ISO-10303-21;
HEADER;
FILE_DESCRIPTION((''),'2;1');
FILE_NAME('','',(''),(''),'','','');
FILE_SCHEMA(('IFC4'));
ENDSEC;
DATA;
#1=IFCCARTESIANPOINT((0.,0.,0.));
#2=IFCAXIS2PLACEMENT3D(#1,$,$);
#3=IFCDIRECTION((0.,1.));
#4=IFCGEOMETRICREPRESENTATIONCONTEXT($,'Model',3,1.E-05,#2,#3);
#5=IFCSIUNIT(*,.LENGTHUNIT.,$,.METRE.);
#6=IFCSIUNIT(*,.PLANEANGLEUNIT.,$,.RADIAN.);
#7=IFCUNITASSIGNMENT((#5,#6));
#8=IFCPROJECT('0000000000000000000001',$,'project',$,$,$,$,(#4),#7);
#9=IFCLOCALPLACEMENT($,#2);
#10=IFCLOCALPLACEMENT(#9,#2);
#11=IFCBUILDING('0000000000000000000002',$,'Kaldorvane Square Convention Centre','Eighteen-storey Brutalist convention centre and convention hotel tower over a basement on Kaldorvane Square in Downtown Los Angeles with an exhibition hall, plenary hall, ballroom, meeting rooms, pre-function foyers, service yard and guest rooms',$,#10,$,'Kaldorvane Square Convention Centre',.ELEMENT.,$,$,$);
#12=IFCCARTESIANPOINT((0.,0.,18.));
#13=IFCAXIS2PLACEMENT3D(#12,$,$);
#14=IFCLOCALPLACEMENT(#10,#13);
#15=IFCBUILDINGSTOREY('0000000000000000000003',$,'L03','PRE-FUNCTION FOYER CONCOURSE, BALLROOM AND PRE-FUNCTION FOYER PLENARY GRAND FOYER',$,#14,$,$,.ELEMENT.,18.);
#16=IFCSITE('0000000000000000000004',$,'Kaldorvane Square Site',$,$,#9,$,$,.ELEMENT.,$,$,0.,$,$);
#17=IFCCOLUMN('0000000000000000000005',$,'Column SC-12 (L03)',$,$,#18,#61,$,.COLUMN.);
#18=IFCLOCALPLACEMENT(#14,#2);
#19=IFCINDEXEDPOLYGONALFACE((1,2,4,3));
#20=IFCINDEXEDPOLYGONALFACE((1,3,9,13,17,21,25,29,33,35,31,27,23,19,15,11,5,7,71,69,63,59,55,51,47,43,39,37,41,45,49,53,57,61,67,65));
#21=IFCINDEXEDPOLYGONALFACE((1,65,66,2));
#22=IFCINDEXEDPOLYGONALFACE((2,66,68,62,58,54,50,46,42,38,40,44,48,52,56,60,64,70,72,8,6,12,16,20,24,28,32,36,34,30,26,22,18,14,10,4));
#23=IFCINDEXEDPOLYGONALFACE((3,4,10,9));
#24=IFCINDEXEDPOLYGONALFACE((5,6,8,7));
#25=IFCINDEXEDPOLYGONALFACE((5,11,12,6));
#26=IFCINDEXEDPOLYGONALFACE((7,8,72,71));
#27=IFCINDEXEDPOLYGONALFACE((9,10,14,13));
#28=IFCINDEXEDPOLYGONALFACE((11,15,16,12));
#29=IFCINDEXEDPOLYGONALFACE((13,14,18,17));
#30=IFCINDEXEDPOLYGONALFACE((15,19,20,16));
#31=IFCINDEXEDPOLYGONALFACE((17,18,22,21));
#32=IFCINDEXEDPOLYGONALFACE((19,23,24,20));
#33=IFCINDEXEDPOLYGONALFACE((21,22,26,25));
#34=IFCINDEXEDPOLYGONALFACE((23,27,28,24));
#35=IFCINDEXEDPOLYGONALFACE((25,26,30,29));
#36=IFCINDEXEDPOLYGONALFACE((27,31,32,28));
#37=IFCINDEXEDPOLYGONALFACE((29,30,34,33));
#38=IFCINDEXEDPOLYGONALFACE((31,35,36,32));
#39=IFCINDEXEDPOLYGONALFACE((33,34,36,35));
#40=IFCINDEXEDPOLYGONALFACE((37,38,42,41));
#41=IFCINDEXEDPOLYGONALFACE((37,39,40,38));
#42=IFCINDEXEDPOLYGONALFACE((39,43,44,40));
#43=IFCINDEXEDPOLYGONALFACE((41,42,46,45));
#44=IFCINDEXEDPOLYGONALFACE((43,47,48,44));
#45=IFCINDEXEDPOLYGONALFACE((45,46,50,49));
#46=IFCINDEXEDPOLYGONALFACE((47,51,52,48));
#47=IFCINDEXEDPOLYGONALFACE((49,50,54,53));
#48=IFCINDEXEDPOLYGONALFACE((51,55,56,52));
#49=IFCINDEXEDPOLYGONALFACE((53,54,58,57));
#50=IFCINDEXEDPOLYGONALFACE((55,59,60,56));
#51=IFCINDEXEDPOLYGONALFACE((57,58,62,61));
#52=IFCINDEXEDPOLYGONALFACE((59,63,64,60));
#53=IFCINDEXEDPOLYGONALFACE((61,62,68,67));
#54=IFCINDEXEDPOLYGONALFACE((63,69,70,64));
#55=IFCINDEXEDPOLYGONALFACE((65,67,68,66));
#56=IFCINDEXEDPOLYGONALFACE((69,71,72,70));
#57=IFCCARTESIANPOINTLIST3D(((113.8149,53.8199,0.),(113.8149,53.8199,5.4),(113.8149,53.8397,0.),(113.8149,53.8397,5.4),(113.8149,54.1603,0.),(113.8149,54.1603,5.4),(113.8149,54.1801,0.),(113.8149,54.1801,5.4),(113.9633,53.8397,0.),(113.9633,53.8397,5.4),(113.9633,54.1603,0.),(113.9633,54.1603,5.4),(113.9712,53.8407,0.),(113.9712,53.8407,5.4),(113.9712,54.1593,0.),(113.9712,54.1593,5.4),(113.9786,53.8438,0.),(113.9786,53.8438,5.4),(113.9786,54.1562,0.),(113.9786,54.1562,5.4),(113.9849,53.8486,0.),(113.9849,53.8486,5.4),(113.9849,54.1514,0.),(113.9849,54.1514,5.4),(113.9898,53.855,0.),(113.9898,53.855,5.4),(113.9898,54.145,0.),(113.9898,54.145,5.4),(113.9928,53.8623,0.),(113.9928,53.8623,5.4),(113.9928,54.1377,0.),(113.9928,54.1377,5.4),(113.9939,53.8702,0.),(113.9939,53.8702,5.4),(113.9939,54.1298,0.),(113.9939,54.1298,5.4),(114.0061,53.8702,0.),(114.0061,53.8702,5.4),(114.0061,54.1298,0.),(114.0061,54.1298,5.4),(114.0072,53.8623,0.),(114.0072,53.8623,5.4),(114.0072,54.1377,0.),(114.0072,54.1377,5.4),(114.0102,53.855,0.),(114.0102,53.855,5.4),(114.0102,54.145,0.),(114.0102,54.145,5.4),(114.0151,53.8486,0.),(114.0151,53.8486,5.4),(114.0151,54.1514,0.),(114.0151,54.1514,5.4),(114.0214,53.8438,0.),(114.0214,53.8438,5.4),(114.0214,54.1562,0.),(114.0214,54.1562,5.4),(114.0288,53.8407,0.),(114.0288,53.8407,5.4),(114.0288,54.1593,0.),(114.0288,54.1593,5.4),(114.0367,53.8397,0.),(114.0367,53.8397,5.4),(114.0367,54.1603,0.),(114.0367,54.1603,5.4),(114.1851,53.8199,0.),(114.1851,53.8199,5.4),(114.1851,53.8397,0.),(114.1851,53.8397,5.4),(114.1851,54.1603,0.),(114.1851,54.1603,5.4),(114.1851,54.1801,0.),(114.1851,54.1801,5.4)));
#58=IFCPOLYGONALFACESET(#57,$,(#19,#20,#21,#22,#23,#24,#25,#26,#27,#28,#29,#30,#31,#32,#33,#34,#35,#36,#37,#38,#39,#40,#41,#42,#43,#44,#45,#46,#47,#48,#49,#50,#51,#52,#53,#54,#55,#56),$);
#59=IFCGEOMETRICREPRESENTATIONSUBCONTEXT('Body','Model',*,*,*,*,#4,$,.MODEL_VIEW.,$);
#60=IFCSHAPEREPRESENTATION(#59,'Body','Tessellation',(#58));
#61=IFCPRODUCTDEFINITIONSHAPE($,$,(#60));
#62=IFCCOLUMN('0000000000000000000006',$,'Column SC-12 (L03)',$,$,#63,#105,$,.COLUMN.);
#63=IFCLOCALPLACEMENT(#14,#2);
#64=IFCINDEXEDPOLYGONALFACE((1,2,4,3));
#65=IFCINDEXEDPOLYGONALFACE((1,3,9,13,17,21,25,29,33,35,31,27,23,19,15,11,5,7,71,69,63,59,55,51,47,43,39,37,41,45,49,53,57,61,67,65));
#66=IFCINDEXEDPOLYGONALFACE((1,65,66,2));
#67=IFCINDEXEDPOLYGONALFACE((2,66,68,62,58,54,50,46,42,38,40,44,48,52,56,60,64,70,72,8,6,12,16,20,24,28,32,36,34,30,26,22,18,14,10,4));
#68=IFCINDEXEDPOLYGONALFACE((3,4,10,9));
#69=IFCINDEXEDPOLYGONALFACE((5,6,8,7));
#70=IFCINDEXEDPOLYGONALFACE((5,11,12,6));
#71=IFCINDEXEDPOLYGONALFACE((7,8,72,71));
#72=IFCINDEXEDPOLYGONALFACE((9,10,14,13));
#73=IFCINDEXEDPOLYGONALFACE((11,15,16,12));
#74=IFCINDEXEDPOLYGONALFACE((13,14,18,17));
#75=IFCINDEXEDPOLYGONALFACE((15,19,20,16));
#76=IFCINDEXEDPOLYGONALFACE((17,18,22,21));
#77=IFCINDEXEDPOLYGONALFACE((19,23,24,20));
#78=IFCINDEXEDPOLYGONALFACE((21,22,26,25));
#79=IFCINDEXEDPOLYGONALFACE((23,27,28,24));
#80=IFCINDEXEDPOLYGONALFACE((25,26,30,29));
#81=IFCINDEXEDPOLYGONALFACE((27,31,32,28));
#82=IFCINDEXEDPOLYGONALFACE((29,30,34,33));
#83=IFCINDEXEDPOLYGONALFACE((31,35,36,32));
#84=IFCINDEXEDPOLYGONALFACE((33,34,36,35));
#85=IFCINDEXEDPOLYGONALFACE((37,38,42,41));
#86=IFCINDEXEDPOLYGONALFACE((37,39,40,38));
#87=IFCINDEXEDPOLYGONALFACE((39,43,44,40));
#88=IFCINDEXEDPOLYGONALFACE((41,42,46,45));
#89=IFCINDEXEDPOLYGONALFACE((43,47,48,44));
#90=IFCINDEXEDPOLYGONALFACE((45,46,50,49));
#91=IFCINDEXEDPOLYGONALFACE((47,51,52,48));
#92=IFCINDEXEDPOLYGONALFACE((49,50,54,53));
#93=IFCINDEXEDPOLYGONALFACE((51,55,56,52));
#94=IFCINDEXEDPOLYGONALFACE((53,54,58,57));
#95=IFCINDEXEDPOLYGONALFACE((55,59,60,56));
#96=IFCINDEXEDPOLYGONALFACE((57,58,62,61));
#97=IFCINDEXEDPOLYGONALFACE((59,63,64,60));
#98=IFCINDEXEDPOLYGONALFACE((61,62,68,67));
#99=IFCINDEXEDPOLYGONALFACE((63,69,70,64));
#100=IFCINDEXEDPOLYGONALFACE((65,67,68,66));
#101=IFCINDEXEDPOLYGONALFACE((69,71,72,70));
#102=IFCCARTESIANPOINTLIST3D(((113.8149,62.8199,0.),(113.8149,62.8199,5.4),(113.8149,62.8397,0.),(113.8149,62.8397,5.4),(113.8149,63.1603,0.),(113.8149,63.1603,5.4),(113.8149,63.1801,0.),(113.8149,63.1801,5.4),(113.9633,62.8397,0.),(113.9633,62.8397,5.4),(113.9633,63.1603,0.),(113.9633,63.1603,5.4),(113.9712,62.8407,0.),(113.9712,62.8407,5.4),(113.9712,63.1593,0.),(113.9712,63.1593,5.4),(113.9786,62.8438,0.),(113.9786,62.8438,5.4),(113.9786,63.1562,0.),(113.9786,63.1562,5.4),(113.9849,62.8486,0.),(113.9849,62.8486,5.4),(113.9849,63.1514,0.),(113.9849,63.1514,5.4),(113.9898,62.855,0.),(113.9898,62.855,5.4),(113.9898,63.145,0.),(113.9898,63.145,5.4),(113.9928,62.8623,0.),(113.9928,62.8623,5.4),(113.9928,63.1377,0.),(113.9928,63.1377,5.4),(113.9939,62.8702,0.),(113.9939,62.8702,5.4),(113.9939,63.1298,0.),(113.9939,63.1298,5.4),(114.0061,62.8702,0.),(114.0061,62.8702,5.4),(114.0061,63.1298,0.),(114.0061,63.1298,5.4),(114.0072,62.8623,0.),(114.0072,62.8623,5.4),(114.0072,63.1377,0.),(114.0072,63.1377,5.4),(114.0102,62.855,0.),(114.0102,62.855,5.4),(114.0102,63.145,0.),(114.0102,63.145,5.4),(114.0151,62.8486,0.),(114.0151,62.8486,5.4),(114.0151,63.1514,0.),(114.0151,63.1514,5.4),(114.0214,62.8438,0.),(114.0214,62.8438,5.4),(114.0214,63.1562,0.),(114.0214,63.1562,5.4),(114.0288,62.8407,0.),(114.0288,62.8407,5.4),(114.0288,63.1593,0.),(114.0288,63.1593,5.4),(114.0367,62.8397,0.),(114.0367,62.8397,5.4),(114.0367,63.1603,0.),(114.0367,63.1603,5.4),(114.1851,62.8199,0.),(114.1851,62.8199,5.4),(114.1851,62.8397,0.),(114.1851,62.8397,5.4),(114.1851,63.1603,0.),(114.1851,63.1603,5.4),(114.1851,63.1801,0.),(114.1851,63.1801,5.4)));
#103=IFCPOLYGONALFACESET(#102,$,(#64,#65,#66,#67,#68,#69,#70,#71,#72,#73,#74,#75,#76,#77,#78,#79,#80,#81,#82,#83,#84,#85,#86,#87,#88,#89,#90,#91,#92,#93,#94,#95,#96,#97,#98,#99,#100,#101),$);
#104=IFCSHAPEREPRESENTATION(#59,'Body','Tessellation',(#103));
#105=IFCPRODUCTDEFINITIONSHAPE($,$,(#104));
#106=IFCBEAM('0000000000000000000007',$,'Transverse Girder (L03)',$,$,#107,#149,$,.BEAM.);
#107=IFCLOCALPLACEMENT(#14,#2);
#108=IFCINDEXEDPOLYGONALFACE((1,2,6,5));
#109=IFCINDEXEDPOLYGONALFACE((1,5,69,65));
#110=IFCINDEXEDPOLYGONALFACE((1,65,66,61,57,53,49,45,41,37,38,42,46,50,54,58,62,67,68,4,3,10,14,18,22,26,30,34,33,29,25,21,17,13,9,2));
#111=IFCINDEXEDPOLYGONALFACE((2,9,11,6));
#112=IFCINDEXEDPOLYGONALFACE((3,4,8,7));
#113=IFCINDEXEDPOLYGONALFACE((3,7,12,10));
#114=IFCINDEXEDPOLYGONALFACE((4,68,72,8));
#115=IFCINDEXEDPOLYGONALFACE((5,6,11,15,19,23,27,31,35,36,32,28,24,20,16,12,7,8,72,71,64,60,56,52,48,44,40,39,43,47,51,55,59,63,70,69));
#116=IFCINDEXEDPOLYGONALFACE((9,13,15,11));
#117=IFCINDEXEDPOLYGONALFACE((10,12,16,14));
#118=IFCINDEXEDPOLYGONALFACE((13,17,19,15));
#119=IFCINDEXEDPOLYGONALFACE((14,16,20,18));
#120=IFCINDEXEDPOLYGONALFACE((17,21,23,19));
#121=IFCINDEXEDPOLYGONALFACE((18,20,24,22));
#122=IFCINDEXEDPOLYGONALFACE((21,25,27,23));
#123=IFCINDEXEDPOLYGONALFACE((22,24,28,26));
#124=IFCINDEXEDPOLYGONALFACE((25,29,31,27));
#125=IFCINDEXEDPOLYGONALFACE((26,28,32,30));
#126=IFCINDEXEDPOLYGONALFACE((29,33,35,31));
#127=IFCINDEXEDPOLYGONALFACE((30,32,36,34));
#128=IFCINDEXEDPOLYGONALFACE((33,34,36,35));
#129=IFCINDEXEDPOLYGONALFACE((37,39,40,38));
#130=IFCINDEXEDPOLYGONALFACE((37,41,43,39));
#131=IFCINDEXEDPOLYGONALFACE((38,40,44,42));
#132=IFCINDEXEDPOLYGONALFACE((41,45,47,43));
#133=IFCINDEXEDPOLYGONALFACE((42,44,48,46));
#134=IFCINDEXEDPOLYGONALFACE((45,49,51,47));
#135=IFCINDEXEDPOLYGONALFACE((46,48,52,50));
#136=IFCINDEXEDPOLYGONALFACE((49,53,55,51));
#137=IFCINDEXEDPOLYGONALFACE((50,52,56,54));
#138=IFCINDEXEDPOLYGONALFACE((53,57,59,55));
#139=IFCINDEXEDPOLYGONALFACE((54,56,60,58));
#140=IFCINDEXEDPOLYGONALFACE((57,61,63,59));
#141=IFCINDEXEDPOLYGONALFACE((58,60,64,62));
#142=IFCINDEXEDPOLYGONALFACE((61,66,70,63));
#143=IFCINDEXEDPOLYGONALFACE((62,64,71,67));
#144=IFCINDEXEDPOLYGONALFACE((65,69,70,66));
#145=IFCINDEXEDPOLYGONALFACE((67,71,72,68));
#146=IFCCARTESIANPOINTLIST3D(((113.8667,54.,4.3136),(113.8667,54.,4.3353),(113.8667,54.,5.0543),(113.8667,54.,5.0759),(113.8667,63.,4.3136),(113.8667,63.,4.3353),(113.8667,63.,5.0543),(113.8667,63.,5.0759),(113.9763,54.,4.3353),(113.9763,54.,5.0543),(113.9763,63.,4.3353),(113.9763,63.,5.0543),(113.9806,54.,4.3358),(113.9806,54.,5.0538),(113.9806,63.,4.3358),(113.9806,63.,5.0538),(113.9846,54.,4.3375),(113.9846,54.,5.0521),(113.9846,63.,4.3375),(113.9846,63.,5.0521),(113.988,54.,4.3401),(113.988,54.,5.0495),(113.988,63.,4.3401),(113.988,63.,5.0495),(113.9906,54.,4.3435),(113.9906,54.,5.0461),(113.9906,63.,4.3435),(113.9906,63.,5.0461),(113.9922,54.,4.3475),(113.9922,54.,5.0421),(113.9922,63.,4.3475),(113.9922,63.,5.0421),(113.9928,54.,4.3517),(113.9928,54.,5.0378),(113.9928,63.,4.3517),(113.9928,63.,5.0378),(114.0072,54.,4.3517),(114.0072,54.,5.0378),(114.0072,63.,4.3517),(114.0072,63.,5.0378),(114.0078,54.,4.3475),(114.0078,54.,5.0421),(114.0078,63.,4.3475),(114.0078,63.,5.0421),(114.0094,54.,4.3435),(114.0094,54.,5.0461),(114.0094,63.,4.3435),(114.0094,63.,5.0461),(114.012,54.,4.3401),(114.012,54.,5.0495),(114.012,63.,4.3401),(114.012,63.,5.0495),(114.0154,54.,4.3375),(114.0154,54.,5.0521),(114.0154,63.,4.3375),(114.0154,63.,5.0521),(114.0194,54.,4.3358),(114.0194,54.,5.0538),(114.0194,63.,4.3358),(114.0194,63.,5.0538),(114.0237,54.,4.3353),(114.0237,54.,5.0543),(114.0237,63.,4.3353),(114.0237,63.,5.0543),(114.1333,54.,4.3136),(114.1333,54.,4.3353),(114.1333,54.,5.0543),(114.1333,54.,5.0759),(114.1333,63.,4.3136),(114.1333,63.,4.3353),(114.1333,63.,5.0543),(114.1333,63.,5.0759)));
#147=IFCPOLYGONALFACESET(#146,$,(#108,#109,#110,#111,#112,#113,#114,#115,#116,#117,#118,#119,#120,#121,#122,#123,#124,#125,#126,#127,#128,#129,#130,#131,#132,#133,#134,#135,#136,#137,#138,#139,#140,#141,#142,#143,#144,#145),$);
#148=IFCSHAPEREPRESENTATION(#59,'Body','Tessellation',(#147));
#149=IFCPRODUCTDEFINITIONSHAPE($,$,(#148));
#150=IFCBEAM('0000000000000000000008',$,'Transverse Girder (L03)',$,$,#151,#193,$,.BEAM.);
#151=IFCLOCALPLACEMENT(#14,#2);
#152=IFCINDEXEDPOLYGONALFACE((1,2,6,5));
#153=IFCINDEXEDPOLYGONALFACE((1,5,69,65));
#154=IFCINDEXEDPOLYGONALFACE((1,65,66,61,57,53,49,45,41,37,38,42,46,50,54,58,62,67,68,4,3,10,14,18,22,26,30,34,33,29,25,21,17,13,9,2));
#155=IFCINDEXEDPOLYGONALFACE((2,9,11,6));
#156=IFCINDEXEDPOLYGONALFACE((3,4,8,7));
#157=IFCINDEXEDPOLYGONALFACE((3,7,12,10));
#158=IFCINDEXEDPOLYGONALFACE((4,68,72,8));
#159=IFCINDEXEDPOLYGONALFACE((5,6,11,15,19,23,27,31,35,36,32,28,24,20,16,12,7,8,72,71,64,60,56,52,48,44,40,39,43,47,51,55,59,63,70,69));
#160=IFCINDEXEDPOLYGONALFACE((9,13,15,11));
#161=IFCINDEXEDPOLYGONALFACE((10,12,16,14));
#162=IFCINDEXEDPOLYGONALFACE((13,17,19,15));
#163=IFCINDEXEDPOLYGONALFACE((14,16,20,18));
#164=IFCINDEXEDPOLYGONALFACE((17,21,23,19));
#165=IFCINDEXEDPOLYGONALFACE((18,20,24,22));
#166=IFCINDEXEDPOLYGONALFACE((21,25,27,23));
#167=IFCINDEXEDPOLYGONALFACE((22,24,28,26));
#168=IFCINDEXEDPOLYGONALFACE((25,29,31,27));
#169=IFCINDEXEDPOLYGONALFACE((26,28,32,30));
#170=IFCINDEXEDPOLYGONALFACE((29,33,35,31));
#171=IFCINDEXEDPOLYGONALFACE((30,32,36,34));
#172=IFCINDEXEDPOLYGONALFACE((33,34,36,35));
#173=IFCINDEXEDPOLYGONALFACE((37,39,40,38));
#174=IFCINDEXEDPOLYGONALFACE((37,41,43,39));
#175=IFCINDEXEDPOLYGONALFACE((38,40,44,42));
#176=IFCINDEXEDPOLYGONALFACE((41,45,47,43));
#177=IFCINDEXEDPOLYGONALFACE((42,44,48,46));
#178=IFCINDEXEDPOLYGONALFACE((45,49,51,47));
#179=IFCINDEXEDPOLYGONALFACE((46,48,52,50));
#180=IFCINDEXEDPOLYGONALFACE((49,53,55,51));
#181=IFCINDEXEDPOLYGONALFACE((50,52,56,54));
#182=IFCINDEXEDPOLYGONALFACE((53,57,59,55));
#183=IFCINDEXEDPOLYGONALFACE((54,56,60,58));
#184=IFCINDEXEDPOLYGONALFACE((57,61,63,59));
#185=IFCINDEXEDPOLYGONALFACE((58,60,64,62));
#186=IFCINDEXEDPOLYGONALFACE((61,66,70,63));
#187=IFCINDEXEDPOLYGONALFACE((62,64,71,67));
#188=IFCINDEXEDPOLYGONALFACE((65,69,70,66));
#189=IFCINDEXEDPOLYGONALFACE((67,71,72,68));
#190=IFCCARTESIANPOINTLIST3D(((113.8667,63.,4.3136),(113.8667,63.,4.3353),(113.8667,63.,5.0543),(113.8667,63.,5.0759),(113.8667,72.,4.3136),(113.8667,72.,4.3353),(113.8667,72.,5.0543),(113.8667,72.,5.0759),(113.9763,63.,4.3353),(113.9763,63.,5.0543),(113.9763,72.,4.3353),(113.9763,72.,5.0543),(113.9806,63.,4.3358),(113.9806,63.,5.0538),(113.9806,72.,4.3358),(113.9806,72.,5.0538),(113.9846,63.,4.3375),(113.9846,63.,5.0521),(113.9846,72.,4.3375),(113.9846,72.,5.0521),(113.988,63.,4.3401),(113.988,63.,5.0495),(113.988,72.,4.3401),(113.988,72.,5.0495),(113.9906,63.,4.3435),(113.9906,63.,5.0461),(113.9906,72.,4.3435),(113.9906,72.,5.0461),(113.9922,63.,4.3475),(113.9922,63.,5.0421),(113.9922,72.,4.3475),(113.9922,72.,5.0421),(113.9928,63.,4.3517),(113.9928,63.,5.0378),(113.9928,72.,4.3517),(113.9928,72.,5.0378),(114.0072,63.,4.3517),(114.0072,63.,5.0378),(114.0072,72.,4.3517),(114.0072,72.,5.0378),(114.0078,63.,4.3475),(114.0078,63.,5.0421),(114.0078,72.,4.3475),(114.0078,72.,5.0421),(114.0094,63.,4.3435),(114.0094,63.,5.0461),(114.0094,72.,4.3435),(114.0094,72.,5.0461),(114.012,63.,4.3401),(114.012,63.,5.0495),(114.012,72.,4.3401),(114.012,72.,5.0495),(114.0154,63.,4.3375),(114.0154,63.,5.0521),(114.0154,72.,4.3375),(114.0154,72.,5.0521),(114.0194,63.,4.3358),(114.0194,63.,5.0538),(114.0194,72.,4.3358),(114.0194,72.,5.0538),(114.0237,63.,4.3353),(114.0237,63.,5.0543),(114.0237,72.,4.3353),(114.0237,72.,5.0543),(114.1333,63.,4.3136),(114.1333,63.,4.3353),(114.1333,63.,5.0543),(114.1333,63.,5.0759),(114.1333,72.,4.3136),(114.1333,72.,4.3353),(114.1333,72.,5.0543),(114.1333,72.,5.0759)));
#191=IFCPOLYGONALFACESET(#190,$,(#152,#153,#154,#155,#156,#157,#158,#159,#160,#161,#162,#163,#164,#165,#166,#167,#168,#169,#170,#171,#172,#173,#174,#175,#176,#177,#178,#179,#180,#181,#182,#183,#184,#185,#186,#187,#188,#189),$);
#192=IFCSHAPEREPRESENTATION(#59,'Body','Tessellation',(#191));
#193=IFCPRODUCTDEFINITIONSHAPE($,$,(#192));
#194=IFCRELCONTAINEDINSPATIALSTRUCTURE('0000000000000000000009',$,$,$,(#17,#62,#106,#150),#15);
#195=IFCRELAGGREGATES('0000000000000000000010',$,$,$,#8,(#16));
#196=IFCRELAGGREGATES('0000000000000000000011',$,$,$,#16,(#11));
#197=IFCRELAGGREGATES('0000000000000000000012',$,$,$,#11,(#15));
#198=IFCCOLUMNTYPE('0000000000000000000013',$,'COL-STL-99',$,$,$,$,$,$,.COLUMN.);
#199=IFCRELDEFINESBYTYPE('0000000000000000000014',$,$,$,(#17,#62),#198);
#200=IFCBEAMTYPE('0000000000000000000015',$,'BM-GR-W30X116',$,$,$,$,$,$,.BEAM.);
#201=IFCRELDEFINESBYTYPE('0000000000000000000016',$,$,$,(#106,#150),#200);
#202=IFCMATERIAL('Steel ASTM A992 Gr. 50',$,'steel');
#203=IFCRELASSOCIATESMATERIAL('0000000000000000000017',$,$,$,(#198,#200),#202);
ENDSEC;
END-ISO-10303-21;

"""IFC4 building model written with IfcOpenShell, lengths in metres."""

from ifc_helpers import new_model, si_unit, direction, frame, origin, origin_2d, place, context, subcontext, project, spatial, i_section, extrude, material, material_profile, profile_set, type_object, element, save


model = new_model("IFC4")

# Units and contexts
model_context = context("Model", 3, precision=1e-05, world=origin(), true_north=direction((0.0, 1.0)))
body_context = subcontext(model_context, "Body", "Model", "MODEL_VIEW")
ifc_project = project(units=[si_unit("LENGTHUNIT", "METRE"), si_unit("PLANEANGLEUNIT", "RADIAN")], contexts=[model_context])

# Site, building, storey
site_placement = place(None, origin())
site = spatial("IfcSite", under=ifc_project, at=site_placement, Name="Kaldorvane Square Site", CompositionType="ELEMENT", RefElevation=0.0)
building_placement = place(site_placement, origin())
building = spatial("IfcBuilding", under=site, at=building_placement, Name="Kaldorvane Square Convention Centre", Description="Eighteen-storey Brutalist convention centre and convention hotel tower over a basement on Kaldorvane Square in Downtown Los Angeles with an exhibition hall, plenary hall, ballroom, meeting rooms, pre-function foyers, service yard and guest rooms", LongName="Kaldorvane Square Convention Centre", CompositionType="ELEMENT")
storey_placement = place(building_placement, frame((0.0, 0.0, 18.0)))
storey = spatial("IfcBuildingStorey", under=building, at=storey_placement, Name="L03", Description="PRE-FUNCTION FOYER CONCOURSE, BALLROOM AND PRE-FUNCTION FOYER PLENARY GRAND FOYER", CompositionType="ELEMENT", Elevation=18.0)

# Columns
ifc_material_1 = material(Name="Steel ASTM A992 Gr. 50", Category="steel")
ifc_material_profile_1 = material_profile(ifc_material_1, i_section(OverallWidth=0.3701, OverallDepth=0.3602, WebThickness=0.0123, FlangeThickness=0.0198, FilletRadius=0.0305, at=origin_2d()), Name="W14X99")
ifc_profile_set_1 = profile_set([ifc_material_profile_1], Name="Steel ASTM A992 Gr. 50")
column_type = type_object("IfcColumnType", Name="COL-STL-99", PredefinedType="COLUMN", material=ifc_profile_set_1)
for number, where, z_axis, x_axis, name in (
    (1, (114.0, 54.0, 0.0), (0.0, 0.0, 1.0), (1.0, 0.0, 0.0), "Column SC-12 (L03)"),
    (2, (114.0, 63.0, 0.0), (0.0, 0.0, 1.0), (1.0, 0.0, 0.0), "Column SC-12 (L03)"),
):
    element("IfcColumn", number, at=place(storey_placement, frame(where, z_axis=z_axis, x_axis=x_axis)), inside=storey, type_object=column_type, Name=name, PredefinedType="COLUMN", context=body_context, shape_type="SweptSolid", body=[
        extrude(i_section(OverallWidth=0.3701, OverallDepth=0.3602, WebThickness=0.0123, FlangeThickness=0.0198, FilletRadius=0.0305, at=origin_2d()), origin(), (0.0, 0.0, 1.0), 5.4),
    ])

# Beams
ifc_material_profile_2 = material_profile(ifc_material_1, i_section(OverallWidth=0.2666, OverallDepth=0.7623, WebThickness=0.0144, FlangeThickness=0.0216, FilletRadius=0.0165, at=origin_2d()), Name="W30X116")
ifc_profile_set_2 = profile_set([ifc_material_profile_2], Name="Steel ASTM A992 Gr. 50")
beam_type_1 = type_object("IfcBeamType", Name="BM-GR-W30X116", PredefinedType="BEAM", material=ifc_profile_set_2)
for number, where, z_axis, x_axis, name in (
    (3, (114.0, 54.0, 4.6948), (0.0, 1.0, 0.0), (-1.0, 0.0, 0.0), "Transverse Girder (L03)"),
    (4, (114.0, 63.0, 4.6948), (0.0, 1.0, 0.0), (-1.0, 0.0, 0.0), "Transverse Girder (L03)"),
):
    element("IfcBeam", number, at=place(storey_placement, frame(where, z_axis=z_axis, x_axis=x_axis)), inside=storey, type_object=beam_type_1, Name=name, PredefinedType="BEAM", context=body_context, shape_type="SweptSolid", body=[
        extrude(i_section(OverallWidth=0.2666, OverallDepth=0.7623, WebThickness=0.0144, FlangeThickness=0.0216, FilletRadius=0.0165, at=origin_2d()), origin(), (0.0, 0.0, 1.0), 9.0),
    ])

save(model, "model.ifc")
